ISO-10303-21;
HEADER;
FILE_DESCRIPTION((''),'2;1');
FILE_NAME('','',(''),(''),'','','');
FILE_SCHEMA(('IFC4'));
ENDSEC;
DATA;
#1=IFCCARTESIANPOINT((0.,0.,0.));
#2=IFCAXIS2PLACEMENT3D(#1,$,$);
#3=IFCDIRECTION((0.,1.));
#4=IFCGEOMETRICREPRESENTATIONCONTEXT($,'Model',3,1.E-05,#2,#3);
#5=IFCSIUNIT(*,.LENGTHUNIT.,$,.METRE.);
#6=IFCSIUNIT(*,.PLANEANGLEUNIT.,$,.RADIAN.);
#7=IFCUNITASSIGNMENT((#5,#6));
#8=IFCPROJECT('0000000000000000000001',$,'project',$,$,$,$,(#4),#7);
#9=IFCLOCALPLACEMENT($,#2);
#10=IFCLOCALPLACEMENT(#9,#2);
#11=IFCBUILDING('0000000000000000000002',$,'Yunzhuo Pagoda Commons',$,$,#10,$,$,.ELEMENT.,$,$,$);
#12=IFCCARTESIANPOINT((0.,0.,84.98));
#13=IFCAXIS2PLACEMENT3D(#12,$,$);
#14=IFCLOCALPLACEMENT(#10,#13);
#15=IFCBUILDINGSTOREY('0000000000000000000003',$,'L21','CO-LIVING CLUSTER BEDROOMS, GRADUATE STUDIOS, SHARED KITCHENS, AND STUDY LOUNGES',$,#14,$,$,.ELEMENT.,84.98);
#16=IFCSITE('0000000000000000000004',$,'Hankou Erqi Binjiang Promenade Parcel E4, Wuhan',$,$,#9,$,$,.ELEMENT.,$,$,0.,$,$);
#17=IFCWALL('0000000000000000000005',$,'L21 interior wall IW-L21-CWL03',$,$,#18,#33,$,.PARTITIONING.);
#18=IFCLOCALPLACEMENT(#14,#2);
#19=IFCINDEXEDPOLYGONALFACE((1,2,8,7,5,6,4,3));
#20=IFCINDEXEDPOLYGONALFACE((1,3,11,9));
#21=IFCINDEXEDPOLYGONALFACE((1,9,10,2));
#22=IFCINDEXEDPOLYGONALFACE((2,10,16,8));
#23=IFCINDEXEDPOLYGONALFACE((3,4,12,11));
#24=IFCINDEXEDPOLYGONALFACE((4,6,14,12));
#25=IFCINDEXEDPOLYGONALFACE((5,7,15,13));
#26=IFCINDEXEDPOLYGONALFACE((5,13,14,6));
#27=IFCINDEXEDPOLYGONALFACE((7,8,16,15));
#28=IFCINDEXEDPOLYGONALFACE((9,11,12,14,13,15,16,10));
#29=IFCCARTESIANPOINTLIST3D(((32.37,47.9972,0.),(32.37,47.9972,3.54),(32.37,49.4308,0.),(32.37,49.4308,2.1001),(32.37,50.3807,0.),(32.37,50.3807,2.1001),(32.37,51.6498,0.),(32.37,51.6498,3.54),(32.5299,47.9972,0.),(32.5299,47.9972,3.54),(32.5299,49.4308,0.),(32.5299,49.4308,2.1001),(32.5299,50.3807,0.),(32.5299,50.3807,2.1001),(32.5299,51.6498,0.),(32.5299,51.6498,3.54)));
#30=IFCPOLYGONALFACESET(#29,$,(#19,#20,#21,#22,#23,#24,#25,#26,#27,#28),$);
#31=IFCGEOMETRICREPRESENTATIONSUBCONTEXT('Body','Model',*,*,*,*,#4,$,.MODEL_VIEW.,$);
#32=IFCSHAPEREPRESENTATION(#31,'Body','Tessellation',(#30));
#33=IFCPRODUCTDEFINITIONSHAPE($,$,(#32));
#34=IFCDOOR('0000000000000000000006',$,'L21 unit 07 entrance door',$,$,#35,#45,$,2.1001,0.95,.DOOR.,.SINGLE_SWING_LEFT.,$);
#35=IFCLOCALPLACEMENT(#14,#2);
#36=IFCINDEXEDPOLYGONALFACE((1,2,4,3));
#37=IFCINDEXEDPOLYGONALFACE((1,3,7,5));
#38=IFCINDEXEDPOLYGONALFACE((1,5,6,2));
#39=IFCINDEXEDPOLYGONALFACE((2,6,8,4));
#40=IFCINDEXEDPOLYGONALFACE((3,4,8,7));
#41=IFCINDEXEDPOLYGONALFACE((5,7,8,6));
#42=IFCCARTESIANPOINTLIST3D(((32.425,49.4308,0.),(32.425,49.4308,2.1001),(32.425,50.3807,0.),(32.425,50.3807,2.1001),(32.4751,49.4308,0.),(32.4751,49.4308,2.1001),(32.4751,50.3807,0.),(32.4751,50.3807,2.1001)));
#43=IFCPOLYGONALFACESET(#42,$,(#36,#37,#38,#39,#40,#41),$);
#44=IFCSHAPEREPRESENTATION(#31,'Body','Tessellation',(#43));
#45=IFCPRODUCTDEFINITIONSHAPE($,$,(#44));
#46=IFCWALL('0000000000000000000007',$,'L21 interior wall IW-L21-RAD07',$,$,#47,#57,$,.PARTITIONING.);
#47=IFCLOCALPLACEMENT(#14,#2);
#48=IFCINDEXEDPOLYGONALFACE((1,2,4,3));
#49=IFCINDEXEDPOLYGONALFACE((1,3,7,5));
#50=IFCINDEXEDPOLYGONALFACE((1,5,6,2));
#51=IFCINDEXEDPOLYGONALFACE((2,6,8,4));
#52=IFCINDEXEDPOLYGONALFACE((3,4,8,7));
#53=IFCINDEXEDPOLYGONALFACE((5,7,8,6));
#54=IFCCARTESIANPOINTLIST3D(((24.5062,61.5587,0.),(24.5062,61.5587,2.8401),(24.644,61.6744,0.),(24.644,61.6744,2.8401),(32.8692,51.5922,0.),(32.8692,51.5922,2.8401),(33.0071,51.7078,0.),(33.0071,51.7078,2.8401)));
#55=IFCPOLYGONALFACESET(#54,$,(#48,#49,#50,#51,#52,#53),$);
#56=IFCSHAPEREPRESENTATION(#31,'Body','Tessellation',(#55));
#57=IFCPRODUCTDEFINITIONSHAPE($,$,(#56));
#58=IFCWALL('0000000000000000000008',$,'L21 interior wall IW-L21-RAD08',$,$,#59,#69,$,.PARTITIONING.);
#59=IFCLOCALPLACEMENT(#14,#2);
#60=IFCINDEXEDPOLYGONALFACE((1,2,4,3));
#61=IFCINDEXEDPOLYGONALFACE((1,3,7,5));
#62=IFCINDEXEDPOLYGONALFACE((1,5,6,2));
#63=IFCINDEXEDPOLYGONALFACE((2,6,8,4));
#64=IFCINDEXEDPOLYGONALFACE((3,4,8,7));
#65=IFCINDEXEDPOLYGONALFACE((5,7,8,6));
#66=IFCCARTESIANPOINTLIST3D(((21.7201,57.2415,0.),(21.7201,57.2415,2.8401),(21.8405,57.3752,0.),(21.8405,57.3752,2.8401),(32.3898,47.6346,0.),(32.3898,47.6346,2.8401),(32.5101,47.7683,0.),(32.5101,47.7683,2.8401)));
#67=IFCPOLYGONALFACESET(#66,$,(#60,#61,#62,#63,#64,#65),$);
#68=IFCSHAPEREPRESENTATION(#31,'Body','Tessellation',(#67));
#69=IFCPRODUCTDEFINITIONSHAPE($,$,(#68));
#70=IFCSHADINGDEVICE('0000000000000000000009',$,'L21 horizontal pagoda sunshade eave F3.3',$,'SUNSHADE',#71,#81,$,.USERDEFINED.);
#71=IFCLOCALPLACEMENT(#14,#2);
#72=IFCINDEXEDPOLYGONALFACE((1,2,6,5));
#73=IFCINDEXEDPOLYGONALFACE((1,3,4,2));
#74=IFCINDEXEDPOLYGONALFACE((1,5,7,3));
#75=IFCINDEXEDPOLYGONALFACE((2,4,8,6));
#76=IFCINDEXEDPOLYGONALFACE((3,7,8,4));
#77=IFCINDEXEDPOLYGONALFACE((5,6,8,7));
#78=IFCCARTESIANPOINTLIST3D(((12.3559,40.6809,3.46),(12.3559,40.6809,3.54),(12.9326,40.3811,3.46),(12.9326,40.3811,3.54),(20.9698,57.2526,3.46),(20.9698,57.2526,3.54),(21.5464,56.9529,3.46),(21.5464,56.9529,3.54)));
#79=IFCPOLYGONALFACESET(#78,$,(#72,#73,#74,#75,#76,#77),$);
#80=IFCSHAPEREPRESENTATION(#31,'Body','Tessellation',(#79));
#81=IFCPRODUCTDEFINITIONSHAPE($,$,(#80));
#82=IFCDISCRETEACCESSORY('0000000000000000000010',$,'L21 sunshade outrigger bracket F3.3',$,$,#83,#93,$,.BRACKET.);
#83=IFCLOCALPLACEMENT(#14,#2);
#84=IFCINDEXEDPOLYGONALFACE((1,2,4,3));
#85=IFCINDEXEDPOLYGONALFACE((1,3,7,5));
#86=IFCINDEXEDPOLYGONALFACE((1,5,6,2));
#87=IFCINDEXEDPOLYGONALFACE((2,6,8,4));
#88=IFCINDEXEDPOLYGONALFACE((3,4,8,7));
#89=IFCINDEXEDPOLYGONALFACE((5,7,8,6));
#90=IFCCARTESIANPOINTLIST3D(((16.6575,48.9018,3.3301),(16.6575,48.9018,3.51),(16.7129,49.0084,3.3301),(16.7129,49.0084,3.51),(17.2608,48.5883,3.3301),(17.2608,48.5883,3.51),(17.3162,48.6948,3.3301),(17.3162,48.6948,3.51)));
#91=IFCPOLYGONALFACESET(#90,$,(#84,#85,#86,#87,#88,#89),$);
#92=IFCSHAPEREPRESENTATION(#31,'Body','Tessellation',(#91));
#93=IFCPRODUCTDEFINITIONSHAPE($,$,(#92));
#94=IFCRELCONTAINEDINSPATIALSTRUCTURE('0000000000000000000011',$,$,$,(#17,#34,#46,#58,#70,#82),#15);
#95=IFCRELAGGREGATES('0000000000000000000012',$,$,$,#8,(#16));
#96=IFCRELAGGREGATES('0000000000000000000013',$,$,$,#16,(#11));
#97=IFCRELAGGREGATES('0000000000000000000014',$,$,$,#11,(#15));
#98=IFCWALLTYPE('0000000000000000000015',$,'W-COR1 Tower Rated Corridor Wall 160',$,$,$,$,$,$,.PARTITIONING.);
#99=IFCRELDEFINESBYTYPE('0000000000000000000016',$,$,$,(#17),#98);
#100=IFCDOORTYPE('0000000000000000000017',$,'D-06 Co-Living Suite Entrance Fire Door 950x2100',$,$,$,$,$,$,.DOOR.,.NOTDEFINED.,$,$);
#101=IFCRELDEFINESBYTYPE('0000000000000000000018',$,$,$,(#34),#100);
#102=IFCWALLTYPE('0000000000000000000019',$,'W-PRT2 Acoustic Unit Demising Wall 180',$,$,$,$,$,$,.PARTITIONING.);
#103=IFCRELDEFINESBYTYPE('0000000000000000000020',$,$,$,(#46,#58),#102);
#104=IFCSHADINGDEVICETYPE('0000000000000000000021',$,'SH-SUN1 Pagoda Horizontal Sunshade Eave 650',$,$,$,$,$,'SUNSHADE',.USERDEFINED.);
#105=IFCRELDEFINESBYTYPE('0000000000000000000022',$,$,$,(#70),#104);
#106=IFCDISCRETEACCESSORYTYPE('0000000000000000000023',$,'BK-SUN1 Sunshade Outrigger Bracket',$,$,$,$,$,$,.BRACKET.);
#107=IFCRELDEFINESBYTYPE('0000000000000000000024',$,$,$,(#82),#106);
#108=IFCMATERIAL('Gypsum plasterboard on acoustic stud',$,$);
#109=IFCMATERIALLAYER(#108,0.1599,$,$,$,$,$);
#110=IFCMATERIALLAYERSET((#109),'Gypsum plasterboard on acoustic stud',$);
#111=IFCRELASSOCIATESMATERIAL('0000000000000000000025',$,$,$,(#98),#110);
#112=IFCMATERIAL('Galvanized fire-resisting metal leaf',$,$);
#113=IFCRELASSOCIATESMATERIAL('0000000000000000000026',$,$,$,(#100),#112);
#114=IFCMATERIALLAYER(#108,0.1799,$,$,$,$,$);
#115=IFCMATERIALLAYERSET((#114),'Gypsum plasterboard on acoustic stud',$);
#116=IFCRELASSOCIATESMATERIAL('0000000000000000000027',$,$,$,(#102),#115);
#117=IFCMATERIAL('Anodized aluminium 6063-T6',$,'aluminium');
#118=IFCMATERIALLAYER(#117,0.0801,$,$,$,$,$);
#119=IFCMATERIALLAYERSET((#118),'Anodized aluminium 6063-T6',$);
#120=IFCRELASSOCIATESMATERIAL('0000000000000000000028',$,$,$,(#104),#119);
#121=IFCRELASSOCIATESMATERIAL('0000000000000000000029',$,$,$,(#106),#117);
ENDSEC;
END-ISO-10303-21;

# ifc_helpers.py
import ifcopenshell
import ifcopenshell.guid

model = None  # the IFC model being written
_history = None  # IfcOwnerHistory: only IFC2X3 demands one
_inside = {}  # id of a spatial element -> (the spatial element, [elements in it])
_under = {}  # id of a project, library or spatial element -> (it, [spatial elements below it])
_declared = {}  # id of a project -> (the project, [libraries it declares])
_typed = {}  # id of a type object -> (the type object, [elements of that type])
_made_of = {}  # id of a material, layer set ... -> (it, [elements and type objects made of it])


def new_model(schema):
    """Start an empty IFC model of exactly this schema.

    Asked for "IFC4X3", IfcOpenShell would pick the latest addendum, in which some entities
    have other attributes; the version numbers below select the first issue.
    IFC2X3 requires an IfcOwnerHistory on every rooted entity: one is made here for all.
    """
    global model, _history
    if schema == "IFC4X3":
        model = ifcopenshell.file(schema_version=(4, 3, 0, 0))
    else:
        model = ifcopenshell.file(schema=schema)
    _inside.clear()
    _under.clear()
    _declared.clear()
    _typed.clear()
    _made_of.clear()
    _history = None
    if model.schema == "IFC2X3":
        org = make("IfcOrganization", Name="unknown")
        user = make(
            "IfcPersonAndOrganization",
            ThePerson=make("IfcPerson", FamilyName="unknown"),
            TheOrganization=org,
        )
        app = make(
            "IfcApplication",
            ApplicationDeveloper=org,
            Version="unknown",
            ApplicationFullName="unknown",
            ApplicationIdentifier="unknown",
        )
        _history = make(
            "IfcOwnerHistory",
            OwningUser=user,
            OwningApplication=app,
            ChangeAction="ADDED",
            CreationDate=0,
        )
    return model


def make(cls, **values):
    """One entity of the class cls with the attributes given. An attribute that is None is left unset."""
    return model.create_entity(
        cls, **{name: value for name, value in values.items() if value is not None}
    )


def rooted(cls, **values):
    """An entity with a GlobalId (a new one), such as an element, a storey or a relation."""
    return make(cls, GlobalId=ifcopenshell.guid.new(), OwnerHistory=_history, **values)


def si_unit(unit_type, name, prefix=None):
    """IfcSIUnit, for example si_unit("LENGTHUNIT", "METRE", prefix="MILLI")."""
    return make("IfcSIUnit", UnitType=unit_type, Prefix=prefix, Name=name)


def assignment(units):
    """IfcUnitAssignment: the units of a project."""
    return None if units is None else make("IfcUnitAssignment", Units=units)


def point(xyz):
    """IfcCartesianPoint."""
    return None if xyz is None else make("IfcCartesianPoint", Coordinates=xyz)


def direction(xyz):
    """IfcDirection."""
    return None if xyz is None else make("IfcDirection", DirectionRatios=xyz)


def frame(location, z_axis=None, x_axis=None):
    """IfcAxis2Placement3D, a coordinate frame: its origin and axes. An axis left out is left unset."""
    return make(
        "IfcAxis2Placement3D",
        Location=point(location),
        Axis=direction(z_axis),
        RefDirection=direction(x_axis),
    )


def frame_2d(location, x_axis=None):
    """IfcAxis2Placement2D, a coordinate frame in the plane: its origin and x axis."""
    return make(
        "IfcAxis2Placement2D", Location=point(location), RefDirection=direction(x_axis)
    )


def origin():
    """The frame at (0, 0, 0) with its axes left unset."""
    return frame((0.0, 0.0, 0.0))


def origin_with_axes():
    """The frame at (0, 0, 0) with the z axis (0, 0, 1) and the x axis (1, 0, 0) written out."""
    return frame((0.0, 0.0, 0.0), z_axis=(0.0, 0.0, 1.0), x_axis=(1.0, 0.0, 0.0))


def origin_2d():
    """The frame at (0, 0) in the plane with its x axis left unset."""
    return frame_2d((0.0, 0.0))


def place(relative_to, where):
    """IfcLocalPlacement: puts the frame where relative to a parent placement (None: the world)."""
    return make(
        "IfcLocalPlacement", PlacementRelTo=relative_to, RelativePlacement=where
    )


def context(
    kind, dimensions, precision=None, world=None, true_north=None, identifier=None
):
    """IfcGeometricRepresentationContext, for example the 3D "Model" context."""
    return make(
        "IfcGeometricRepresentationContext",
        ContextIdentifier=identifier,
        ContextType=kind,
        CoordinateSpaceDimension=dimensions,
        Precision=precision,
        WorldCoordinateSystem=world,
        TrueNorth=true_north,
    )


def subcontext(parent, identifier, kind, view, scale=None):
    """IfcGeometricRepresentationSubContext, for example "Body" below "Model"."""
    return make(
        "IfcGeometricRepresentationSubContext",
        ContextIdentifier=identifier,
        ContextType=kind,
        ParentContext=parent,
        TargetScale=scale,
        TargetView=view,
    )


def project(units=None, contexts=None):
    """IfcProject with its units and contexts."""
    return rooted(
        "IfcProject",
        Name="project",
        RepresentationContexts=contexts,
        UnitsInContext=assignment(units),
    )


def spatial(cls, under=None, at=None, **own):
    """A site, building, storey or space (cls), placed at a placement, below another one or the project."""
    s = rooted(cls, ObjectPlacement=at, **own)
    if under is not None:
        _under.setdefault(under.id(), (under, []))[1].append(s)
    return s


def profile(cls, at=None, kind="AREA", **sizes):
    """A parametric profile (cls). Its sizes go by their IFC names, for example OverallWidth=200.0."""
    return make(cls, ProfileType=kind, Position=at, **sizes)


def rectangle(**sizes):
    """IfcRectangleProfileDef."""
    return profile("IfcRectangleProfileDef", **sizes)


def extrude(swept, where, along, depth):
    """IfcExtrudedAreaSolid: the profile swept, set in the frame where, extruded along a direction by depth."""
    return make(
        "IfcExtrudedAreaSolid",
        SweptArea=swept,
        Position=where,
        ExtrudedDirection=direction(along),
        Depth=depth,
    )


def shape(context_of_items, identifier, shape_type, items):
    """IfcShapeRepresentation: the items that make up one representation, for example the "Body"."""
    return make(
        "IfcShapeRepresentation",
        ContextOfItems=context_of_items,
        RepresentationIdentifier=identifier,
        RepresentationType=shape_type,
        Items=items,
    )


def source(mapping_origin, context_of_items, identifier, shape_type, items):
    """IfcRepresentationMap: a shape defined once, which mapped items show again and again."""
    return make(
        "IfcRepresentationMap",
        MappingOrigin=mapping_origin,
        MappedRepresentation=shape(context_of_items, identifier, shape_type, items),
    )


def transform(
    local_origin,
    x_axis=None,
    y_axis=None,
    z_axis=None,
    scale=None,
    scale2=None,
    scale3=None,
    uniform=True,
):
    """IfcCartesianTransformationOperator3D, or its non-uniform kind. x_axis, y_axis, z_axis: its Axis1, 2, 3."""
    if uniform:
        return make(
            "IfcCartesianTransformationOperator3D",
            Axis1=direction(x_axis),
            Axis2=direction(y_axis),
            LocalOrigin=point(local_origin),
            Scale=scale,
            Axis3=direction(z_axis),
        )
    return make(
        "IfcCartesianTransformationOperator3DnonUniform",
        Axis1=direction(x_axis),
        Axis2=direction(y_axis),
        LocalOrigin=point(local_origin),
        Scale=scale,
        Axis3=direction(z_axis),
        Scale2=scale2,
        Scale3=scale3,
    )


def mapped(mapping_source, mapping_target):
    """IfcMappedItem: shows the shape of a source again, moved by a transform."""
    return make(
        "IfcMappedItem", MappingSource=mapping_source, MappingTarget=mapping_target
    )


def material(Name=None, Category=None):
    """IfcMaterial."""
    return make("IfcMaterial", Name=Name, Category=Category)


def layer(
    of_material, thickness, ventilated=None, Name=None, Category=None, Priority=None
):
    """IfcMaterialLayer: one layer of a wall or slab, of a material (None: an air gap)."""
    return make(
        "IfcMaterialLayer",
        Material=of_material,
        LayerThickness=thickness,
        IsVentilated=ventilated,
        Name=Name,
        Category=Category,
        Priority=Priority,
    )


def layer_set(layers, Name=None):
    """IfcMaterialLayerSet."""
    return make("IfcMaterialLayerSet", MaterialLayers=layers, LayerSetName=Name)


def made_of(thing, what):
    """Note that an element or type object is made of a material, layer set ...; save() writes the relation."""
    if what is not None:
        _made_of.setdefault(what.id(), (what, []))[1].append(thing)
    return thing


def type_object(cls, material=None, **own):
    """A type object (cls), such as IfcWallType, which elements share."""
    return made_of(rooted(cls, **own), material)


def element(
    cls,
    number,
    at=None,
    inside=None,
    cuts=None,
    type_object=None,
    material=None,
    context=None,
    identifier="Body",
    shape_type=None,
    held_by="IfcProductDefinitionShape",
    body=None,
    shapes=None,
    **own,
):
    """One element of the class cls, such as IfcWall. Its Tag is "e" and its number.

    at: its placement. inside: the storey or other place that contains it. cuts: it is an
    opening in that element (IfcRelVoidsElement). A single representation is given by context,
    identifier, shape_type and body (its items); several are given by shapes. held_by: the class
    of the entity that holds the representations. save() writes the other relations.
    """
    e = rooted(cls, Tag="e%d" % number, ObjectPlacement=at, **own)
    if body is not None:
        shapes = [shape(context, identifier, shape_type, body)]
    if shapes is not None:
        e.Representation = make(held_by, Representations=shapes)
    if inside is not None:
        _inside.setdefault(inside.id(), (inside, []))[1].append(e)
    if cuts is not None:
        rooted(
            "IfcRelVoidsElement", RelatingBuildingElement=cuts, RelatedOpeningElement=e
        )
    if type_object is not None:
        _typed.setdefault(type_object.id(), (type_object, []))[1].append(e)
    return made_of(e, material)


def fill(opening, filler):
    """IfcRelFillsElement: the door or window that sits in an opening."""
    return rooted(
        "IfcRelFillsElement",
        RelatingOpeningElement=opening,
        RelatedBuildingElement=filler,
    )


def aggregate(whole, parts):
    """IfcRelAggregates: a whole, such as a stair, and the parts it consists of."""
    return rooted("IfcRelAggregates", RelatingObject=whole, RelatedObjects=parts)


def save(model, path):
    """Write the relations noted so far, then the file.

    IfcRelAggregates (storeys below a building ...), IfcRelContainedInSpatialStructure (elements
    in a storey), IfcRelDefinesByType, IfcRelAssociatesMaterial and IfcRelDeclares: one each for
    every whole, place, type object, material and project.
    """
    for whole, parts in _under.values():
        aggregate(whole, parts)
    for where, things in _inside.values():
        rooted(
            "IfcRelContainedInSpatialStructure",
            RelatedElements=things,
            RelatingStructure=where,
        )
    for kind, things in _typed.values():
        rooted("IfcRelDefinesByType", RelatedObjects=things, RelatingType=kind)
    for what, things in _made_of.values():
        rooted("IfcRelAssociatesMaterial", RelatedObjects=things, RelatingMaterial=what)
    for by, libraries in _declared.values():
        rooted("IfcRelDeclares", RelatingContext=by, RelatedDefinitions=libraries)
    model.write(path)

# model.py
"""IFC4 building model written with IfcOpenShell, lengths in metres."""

from ifc_helpers import new_model, si_unit, direction, frame, frame_2d, origin, origin_with_axes, origin_2d, place, context, subcontext, project, spatial, rectangle, extrude, source, transform, mapped, material, layer, layer_set, type_object, element, fill, save


model = new_model("IFC4")

# Units and contexts
model_context = context("Model", 3, precision=1e-05, world=origin(), true_north=direction((0.0, 1.0)))
body_context = subcontext(model_context, "Body", "Model", "MODEL_VIEW")
ifc_project = project(units=[si_unit("LENGTHUNIT", "METRE"), si_unit("PLANEANGLEUNIT", "RADIAN")], contexts=[model_context])

# Site, building, storey
site_placement = place(None, origin())
site = spatial("IfcSite", under=ifc_project, at=site_placement, Name="Hankou Erqi Binjiang Promenade Parcel E4, Wuhan", CompositionType="ELEMENT", RefElevation=0.0)
building_placement = place(site_placement, origin())
building = spatial("IfcBuilding", under=site, at=building_placement, Name="Yunzhuo Pagoda Commons", CompositionType="ELEMENT")
storey_placement = place(building_placement, frame((0.0, 0.0, 84.98)))
storey = spatial("IfcBuildingStorey", under=building, at=storey_placement, Name="L21", Description="CO-LIVING CLUSTER BEDROOMS, GRADUATE STUDIOS, SHARED KITCHENS, AND STUDY LOUNGES", CompositionType="ELEMENT", Elevation=84.98)

# Shared definitions
ifc_material_1 = material(Name="Anodized aluminium 6063-T6", Category="aluminium")

# Wall, opening, door
ifc_material_2 = material(Name="Gypsum plasterboard on acoustic stud")
ifc_layer_1 = layer(ifc_material_2, 0.1599)
ifc_layer_set_1 = layer_set([ifc_layer_1], Name="Gypsum plasterboard on acoustic stud")
wall_type_1 = type_object("IfcWallType", Name="W-COR1 Tower Rated Corridor Wall 160", PredefinedType="PARTITIONING", material=ifc_layer_set_1)
wall_1_placement = place(storey_placement, frame((32.45, 47.9973, 0.0), z_axis=(0.0, 0.0, 1.0), x_axis=(0.0, 1.0, 0.0)))
wall_1 = element("IfcWall", 1, at=wall_1_placement, inside=storey, type_object=wall_type_1, Name="L21 interior wall IW-L21-CWL03", PredefinedType="PARTITIONING", context=body_context, shape_type="SweptSolid", body=[
    extrude(rectangle(XDim=3.6526, YDim=0.1599, at=frame_2d((1.8262, 0.0))), origin(), (0.0, 0.0, 1.0), 3.54),
])
opening_placement = place(wall_1_placement, frame((1.4333, 0.0, 0.0)))
opening = element("IfcOpeningElement", 2, at=opening_placement, cuts=wall_1, PredefinedType="OPENING", context=body_context, shape_type="SweptSolid", body=[
    extrude(rectangle(XDim=0.95, YDim=2.1001, at=frame_2d((0.4751, 1.05))), frame((0.0, 0.0898, 0.0), z_axis=(0.0, -1.0, 0.0), x_axis=(1.0, 0.0, 0.0)), (0.0, 0.0, 1.0), 0.1799),
])
ifc_material_3 = material(Name="Galvanized fire-resisting metal leaf")
door_type = type_object("IfcDoorType", Name="D-06 Co-Living Suite Entrance Fire Door 950x2100", OperationType="NOTDEFINED", PredefinedType="DOOR", material=ifc_material_3)
shared_shape_1 = source(origin(), body_context, "Body", "SweptSolid", [
    extrude(rectangle(XDim=0.95, YDim=2.1001, at=frame_2d((0.4751, 1.05))), frame((0.0, 0.0249, 0.0), z_axis=(0.0, -1.0, 0.0), x_axis=(1.0, 0.0, 0.0)), (0.0, 0.0, 1.0), 0.05),
])
door_placement = place(opening_placement, origin_with_axes())
door = element("IfcDoor", 3, at=door_placement, inside=storey, type_object=door_type, Name="L21 unit 07 entrance door", OperationType="SINGLE_SWING_LEFT", OverallHeight=2.1001, OverallWidth=0.95, PredefinedType="DOOR", context=body_context, shape_type="MappedRepresentation", body=[
    mapped(shared_shape_1, transform((0.0, 0.0, 0.0), scale=1.0)),
])
fill(opening, door)

# Walls
ifc_layer_2 = layer(ifc_material_2, 0.1799)
ifc_layer_set_2 = layer_set([ifc_layer_2], Name="Gypsum plasterboard on acoustic stud")
wall_type_2 = type_object("IfcWallType", Name="W-PRT2 Acoustic Unit Demising Wall 180", PredefinedType="PARTITIONING", material=ifc_layer_set_2)
wall_2_placement = place(storey_placement, frame((32.9382, 51.6499, 0.0), z_axis=(0.0, 0.0, 1.0), x_axis=(-0.642792, 0.76604, 0.0)))
element("IfcWall", 4, at=wall_2_placement, inside=storey, type_object=wall_type_2, Name="L21 interior wall IW-L21-RAD07", PredefinedType="PARTITIONING", context=body_context, shape_type="SweptSolid", body=[
    extrude(rectangle(XDim=13.0105, YDim=0.1799, at=frame_2d((6.5054, 0.0))), origin(), (0.0, 0.0, 1.0), 2.8401),
])
wall_3_placement = place(storey_placement, frame((32.45, 47.7014, 0.0), z_axis=(0.0, 0.0, 1.0), x_axis=(-0.743148, 0.669127, 0.0)))
element("IfcWall", 5, at=wall_3_placement, inside=storey, type_object=wall_type_2, Name="L21 interior wall IW-L21-RAD08", PredefinedType="PARTITIONING", context=body_context, shape_type="SweptSolid", body=[
    extrude(rectangle(XDim=14.3574, YDim=0.1799, at=frame_2d((7.1787, 0.0))), origin(), (0.0, 0.0, 1.0), 2.8401),
])

# Shading device
ifc_layer_3 = layer(ifc_material_1, 0.0801)
ifc_layer_set_3 = layer_set([ifc_layer_3], Name="Anodized aluminium 6063-T6")
shading_device_type = type_object("IfcShadingDeviceType", Name="SH-SUN1 Pagoda Horizontal Sunshade Eave 650", ElementType="SUNSHADE", PredefinedType="USERDEFINED", material=ifc_layer_set_3)
shared_shape_2 = source(origin(), body_context, "Body", "SweptSolid", [
    extrude(rectangle(XDim=18.6768, YDim=0.6499, at=origin_2d()), origin(), (0.0, 0.0, 1.0), 0.0801),
])
shading_device_placement = place(storey_placement, frame((16.9512, 48.8169, 3.46), z_axis=(0.0, 0.0, 1.0), x_axis=(-0.461207, -0.887293, 0.0)))
element("IfcShadingDevice", 6, at=shading_device_placement, inside=storey, type_object=shading_device_type, Name="L21 horizontal pagoda sunshade eave F3.3", ObjectType="SUNSHADE", PredefinedType="USERDEFINED", context=body_context, shape_type="MappedRepresentation", body=[
    mapped(shared_shape_2, transform((0.0, 0.0, 0.0), scale=1.0)),
])

# Discrete accessory
discrete_accessory_type = type_object("IfcDiscreteAccessoryType", Name="BK-SUN1 Sunshade Outrigger Bracket", PredefinedType="BRACKET", material=ifc_material_1)
shared_shape_3 = source(origin(), body_context, "Body", "SweptSolid", [
    extrude(rectangle(XDim=0.1201, YDim=0.6799, at=origin_2d()), origin(), (0.0, 0.0, 1.0), 0.1799),
])
discrete_accessory_placement = place(storey_placement, frame((16.9868, 48.7983, 3.3301), z_axis=(0.0, 0.0, 1.0), x_axis=(-0.461207, -0.887293, 0.0)))
element("IfcDiscreteAccessory", 7, at=discrete_accessory_placement, inside=storey, type_object=discrete_accessory_type, Name="L21 sunshade outrigger bracket F3.3", PredefinedType="BRACKET", context=body_context, shape_type="MappedRepresentation", body=[
    mapped(shared_shape_3, transform((0.0, 0.0, 0.0), scale=1.0)),
])

save(model, "model.ifc")
